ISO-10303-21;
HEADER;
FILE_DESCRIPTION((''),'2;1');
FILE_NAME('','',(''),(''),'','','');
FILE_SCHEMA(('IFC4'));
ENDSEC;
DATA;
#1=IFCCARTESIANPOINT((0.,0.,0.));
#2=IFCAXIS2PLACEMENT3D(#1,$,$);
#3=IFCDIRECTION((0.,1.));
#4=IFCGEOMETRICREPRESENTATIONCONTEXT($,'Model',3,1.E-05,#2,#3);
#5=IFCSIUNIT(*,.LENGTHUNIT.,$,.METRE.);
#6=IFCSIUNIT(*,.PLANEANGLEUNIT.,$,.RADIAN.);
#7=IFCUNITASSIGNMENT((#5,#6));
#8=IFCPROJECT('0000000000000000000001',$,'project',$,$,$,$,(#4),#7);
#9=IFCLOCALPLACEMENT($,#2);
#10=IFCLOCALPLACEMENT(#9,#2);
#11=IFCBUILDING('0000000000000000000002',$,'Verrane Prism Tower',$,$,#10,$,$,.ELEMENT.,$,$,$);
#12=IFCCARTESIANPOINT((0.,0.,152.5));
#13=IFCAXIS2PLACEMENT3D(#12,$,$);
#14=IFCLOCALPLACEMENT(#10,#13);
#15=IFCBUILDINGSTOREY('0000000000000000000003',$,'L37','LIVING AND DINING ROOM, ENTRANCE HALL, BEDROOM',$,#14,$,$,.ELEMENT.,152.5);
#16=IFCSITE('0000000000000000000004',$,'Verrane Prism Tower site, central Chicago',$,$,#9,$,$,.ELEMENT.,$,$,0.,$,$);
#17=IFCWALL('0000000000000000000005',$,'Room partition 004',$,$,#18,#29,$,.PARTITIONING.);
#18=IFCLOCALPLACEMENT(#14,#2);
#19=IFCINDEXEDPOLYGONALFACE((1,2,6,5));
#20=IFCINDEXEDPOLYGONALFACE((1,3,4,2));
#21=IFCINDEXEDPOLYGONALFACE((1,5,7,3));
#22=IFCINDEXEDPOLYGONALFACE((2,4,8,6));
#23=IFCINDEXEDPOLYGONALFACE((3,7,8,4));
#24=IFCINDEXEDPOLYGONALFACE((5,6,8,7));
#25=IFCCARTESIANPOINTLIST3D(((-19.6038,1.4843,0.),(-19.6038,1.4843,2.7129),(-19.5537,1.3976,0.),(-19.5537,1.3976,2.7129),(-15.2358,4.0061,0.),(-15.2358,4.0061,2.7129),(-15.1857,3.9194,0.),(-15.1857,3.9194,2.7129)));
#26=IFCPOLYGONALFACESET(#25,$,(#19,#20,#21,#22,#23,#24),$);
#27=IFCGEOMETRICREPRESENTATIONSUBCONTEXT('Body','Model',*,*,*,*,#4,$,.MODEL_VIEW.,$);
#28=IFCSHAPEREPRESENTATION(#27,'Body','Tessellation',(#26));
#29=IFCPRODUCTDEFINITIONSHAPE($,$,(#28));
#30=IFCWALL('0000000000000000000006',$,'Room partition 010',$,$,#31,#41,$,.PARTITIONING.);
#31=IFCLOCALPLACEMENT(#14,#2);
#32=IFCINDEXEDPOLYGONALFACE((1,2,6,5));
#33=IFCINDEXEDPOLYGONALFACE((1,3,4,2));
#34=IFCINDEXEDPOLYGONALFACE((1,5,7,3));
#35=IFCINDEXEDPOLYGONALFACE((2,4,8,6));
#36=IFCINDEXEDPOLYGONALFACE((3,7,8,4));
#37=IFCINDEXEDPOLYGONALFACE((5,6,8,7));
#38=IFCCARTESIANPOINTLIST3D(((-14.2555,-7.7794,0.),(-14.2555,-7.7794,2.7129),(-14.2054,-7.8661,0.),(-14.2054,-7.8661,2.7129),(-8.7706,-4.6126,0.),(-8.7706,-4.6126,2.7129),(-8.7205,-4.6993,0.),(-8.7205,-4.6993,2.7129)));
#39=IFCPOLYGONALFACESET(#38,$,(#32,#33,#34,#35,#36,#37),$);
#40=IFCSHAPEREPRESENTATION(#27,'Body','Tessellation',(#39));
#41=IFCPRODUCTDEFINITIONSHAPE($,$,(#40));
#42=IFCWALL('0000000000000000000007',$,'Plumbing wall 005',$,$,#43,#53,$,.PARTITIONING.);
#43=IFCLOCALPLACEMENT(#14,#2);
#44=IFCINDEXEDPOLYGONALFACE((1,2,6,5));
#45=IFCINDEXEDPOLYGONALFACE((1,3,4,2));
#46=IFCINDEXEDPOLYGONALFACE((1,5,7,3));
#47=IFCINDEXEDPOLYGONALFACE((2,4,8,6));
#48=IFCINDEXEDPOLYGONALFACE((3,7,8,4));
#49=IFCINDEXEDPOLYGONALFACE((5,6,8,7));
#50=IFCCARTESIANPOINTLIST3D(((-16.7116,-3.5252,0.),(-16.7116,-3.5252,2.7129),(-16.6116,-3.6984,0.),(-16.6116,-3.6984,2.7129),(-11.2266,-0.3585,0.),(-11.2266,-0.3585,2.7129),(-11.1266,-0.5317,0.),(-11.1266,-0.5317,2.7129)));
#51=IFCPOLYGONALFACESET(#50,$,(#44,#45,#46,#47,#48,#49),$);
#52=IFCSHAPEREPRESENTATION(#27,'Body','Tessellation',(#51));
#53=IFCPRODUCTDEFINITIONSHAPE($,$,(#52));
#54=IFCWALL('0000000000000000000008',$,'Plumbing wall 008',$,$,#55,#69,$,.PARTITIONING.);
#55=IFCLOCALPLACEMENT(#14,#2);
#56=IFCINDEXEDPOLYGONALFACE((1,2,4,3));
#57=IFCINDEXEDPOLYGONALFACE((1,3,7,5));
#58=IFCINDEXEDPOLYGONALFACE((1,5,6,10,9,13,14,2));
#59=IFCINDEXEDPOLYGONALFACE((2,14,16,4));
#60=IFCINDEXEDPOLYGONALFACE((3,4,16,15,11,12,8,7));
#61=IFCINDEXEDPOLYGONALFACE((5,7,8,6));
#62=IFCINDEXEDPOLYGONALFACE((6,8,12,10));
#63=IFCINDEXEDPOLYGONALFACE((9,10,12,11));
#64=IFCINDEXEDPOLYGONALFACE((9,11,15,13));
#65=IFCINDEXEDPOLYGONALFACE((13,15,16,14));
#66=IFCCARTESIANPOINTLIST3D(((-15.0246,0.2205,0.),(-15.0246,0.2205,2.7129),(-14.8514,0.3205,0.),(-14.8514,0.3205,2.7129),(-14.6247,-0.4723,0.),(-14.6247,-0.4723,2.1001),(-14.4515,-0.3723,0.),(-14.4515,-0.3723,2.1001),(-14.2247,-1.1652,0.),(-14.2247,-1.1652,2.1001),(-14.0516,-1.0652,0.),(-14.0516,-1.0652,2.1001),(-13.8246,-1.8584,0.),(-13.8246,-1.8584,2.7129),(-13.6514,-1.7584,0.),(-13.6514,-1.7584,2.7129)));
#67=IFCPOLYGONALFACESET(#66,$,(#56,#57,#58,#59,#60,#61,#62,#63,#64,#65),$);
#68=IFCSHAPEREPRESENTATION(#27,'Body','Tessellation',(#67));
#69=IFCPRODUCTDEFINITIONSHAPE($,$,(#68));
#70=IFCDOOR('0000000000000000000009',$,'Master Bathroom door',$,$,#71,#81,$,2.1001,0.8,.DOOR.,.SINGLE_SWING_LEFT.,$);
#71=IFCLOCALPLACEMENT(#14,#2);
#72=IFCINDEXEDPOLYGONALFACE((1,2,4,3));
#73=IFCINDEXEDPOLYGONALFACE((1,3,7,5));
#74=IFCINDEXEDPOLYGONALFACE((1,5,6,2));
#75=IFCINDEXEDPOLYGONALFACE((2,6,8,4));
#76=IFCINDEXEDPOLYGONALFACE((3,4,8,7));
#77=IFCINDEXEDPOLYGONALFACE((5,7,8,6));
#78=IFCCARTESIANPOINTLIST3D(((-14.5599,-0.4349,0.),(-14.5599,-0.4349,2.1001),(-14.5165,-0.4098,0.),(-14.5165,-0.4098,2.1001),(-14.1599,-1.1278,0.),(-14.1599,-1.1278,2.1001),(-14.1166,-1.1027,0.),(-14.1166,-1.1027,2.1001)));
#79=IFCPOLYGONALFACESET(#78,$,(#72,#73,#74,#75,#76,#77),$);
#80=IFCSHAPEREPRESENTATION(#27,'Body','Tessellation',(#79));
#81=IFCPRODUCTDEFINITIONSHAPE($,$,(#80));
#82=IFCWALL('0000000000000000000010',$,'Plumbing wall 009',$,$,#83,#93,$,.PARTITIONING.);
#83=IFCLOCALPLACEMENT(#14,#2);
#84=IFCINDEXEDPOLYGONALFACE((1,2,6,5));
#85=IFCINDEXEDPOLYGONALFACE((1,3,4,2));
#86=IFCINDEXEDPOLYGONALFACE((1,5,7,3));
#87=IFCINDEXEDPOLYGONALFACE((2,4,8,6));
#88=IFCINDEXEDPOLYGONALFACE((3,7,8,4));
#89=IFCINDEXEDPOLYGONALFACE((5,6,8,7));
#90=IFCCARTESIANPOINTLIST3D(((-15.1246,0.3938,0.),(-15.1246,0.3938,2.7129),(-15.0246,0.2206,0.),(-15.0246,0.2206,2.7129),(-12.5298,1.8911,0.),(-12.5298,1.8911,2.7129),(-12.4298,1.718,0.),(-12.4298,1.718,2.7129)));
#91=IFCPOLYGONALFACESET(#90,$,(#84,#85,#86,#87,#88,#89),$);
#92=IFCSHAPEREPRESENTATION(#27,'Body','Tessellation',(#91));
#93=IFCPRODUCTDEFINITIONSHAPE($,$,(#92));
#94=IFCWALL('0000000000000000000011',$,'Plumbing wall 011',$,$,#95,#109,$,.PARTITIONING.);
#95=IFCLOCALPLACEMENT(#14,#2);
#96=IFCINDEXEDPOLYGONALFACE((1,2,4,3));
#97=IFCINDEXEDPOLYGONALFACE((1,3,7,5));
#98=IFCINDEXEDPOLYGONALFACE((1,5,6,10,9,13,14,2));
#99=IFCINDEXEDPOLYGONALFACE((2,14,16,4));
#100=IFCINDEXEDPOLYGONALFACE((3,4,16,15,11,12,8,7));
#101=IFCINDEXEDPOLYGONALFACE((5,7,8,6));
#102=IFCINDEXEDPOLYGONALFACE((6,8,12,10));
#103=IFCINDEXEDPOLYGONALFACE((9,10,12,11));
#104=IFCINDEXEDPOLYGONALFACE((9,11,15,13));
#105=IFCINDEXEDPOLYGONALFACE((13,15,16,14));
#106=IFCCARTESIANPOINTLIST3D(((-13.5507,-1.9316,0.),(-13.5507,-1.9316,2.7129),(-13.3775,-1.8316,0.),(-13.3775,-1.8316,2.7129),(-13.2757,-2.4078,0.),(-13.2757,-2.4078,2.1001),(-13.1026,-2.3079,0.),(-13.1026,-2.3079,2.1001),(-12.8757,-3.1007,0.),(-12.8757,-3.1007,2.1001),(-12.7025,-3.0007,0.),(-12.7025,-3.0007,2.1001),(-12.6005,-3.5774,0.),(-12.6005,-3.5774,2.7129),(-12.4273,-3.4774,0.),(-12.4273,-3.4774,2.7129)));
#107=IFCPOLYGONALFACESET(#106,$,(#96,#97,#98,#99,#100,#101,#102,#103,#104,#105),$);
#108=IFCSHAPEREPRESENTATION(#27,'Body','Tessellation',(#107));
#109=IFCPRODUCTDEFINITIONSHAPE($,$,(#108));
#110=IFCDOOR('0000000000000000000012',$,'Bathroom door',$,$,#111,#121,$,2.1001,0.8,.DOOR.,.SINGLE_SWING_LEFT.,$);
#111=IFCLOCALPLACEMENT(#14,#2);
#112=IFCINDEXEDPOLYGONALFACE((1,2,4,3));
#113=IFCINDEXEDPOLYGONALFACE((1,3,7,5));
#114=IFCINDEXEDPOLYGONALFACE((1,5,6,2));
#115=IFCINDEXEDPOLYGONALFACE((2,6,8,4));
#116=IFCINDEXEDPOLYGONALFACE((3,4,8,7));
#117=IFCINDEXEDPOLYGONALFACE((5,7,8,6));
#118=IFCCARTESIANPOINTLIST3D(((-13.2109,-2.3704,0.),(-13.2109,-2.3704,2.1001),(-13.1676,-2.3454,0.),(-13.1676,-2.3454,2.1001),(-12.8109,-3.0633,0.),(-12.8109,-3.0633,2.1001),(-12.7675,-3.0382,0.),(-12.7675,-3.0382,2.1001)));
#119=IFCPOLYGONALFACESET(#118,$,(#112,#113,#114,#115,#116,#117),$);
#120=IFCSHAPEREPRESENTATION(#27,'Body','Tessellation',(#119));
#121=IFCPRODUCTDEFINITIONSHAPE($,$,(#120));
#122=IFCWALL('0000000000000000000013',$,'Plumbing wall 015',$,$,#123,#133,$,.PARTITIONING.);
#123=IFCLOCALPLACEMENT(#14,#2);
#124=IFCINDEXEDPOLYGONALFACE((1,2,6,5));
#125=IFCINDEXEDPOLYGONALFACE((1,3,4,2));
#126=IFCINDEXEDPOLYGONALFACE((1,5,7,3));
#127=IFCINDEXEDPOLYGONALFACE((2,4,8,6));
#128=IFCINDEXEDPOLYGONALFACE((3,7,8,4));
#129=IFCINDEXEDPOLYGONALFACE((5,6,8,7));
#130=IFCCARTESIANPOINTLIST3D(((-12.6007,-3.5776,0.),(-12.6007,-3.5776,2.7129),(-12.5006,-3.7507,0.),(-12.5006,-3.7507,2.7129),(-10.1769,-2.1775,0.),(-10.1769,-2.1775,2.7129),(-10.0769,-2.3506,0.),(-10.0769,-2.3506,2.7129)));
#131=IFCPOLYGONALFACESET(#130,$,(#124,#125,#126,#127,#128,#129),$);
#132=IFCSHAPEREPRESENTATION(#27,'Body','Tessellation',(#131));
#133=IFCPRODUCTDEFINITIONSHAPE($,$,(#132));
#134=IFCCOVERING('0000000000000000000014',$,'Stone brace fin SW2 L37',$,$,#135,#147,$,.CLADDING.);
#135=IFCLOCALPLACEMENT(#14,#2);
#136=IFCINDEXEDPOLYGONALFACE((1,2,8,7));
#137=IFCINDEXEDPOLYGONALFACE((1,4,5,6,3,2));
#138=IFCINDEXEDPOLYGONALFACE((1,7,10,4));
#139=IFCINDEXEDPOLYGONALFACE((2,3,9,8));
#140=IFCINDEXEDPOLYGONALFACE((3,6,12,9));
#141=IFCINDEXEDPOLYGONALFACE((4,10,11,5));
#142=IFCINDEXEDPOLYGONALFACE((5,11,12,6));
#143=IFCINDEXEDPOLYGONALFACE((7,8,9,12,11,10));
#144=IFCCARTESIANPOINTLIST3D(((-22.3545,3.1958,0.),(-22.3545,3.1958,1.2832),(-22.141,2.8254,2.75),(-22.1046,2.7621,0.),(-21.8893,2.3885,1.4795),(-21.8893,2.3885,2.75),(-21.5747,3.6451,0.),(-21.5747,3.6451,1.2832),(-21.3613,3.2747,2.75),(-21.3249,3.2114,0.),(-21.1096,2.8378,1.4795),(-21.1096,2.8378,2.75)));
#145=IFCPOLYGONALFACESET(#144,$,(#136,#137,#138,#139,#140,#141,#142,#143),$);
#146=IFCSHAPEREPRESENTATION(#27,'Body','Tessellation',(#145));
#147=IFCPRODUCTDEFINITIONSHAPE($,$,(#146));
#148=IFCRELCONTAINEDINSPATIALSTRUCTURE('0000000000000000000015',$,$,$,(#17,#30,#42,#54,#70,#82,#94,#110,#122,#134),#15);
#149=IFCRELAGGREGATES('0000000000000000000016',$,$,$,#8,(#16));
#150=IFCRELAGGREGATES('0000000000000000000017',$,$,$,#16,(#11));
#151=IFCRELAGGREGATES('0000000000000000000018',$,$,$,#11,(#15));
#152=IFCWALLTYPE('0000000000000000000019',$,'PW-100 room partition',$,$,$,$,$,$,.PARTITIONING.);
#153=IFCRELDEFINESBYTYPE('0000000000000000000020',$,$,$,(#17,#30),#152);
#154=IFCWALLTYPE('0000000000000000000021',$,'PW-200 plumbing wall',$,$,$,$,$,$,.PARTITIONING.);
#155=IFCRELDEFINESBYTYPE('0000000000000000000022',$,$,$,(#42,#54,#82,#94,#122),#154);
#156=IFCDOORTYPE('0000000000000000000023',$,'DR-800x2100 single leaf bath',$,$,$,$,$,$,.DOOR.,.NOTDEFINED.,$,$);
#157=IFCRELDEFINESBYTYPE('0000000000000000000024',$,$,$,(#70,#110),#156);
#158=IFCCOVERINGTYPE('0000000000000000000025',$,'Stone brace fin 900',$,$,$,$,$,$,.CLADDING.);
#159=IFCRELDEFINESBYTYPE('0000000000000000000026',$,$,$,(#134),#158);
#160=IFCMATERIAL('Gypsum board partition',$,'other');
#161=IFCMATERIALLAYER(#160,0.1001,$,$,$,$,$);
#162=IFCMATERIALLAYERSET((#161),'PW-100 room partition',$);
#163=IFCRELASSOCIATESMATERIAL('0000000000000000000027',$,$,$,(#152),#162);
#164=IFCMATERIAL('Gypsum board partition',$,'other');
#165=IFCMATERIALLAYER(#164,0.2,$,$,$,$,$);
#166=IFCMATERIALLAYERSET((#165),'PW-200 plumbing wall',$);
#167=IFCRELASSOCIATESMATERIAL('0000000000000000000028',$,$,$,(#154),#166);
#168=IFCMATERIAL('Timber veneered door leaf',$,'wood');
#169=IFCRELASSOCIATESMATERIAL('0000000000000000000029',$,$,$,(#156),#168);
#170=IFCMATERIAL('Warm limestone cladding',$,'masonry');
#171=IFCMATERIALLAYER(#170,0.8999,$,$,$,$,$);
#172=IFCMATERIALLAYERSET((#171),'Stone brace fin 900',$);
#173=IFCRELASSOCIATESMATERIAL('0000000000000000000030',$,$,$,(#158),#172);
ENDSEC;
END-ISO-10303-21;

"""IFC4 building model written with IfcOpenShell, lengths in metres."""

from ifc_helpers import new_model, si_unit, direction, frame, frame_2d, origin, place, context, subcontext, project, spatial, polyline, rectangle, outline, extrude, material, layer, layer_set, type_object, element, fill, save


model = new_model("IFC4")

# Units and contexts
model_context = context("Model", 3, precision=1e-05, world=origin(), true_north=direction((0.0, 1.0)))
body_context = subcontext(model_context, "Body", "Model", "MODEL_VIEW")
ifc_project = project(units=[si_unit("LENGTHUNIT", "METRE"), si_unit("PLANEANGLEUNIT", "RADIAN")], contexts=[model_context])

# Site, building, storey
site_placement = place(None, origin())
site = spatial("IfcSite", under=ifc_project, at=site_placement, Name="Verrane Prism Tower site, central Chicago", CompositionType="ELEMENT", RefElevation=0.0)
building_placement = place(site_placement, origin())
building = spatial("IfcBuilding", under=site, at=building_placement, Name="Verrane Prism Tower", CompositionType="ELEMENT")
storey_placement = place(building_placement, frame((0.0, 0.0, 152.5)))
storey = spatial("IfcBuildingStorey", under=building, at=storey_placement, Name="L37", Description="LIVING AND DINING ROOM, ENTRANCE HALL, BEDROOM", CompositionType="ELEMENT", Elevation=152.5)

# Shared definitions
ifc_material_1 = material(Name="Gypsum board partition", Category="other")
ifc_layer_1 = layer(ifc_material_1, 0.1001)
ifc_layer_set_1 = layer_set([ifc_layer_1], Name="PW-100 room partition")
wall_type_1 = type_object("IfcWallType", Name="PW-100 room partition", PredefinedType="PARTITIONING", material=ifc_layer_set_1)

# Walls
wall_1_placement = place(storey_placement, frame((-19.5789, 1.4409, 0.0), z_axis=(0.0, 0.0, 1.0), x_axis=(0.866033, 0.499986, 0.0)))
element("IfcWall", 1, at=wall_1_placement, inside=storey, type_object=wall_type_1, Name="Room partition 004", PredefinedType="PARTITIONING", context=body_context, shape_type="SweptSolid", body=[
    extrude(rectangle(XDim=5.0437, YDim=0.1001, at=frame_2d((2.522, 0.0))), origin(), (0.0, 0.0, 1.0), 2.7129),
])
wall_2_placement = place(storey_placement, frame((-14.2305, -7.8228, 0.0), z_axis=(0.0, 0.0, 1.0), x_axis=(0.866021, 0.500007, 0.0)))
element("IfcWall", 2, at=wall_2_placement, inside=storey, type_object=wall_type_1, Name="Room partition 010", PredefinedType="PARTITIONING", context=body_context, shape_type="SweptSolid", body=[
    extrude(rectangle(XDim=6.3335, YDim=0.1001, at=frame_2d((3.1667, 0.0))), origin(), (0.0, 0.0, 1.0), 2.7129),
])
ifc_material_2 = material(Name="Gypsum board partition", Category="other")
ifc_layer_2 = layer(ifc_material_2, 0.2)
ifc_layer_set_2 = layer_set([ifc_layer_2], Name="PW-200 plumbing wall")
wall_type_2 = type_object("IfcWallType", Name="PW-200 plumbing wall", PredefinedType="PARTITIONING", material=ifc_layer_set_2)
wall_3_placement = place(storey_placement, frame((-16.6616, -3.6118, 0.0), z_axis=(0.0, 0.0, 1.0), x_axis=(0.866031, 0.499991, 0.0)))
element("IfcWall", 3, at=wall_3_placement, inside=storey, type_object=wall_type_2, Name="Plumbing wall 005", PredefinedType="PARTITIONING", context=body_context, shape_type="SweptSolid", body=[
    extrude(rectangle(XDim=6.3335, YDim=0.2, at=frame_2d((3.1667, 0.0))), origin(), (0.0, 0.0, 1.0), 2.7129),
])

# Wall, opening, door
wall_4_placement = place(storey_placement, frame((-14.938, 0.2705, 0.0), z_axis=(0.0, 0.0, 1.0), x_axis=(0.499913, -0.866075, 0.0)))
wall_4 = element("IfcWall", 4, at=wall_4_placement, inside=storey, type_object=wall_type_2, Name="Plumbing wall 008", PredefinedType="PARTITIONING", context=body_context, shape_type="SweptSolid", body=[
    extrude(rectangle(XDim=2.4004, YDim=0.2, at=frame_2d((1.2002, 0.0))), origin(), (0.0, 0.0, 1.0), 2.7129),
])
opening_1_placement = place(wall_4_placement, frame((0.8, 0.0, 0.0)))
opening_1 = element("IfcOpeningElement", 5, at=opening_1_placement, cuts=wall_4, PredefinedType="OPENING", context=body_context, shape_type="SweptSolid", body=[
    extrude(rectangle(XDim=0.8, YDim=2.1001, at=frame_2d((0.3999, 1.05))), frame((0.0, 0.1099, 0.0), z_axis=(0.0, -1.0, 0.0), x_axis=(1.0, 0.0, 0.0)), (0.0, 0.0, 1.0), 0.22),
])
ifc_material_3 = material(Name="Timber veneered door leaf", Category="wood")
door_type_1 = type_object("IfcDoorType", Name="DR-800x2100 single leaf bath", OperationType="NOTDEFINED", PredefinedType="DOOR", material=ifc_material_3)
door_1_placement = place(opening_1_placement, origin())
door_1 = element("IfcDoor", 6, at=door_1_placement, inside=storey, type_object=door_type_1, Name="Master Bathroom door", OperationType="SINGLE_SWING_LEFT", OverallHeight=2.1001, OverallWidth=0.8, PredefinedType="DOOR", context=body_context, shape_type="SweptSolid", body=[
    extrude(rectangle(XDim=0.8, YDim=2.1001, at=frame_2d((0.3999, 1.05))), frame((0.0, 0.0249, 0.0), z_axis=(0.0, -1.0, 0.0), x_axis=(1.0, 0.0, 0.0)), (0.0, 0.0, 1.0), 0.05),
])
fill(opening_1, door_1)

# Wall
wall_5_placement = place(storey_placement, frame((-15.0747, 0.3071, 0.0), z_axis=(0.0, 0.0, 1.0), x_axis=(0.866134, 0.499812, 0.0)))
element("IfcWall", 7, at=wall_5_placement, inside=storey, type_object=wall_type_2, Name="Plumbing wall 009", PredefinedType="PARTITIONING", context=body_context, shape_type="SweptSolid", body=[
    extrude(rectangle(XDim=2.9958, YDim=0.2, at=frame_2d((1.498, 0.0))), origin(), (0.0, 0.0, 1.0), 2.7129),
])

# Wall, opening, door
wall_6_placement = place(storey_placement, frame((-13.4641, -1.8816, 0.0), z_axis=(0.0, 0.0, 1.0), x_axis=(0.500008, -0.866021, 0.0)))
wall_6 = element("IfcWall", 8, at=wall_6_placement, inside=storey, type_object=wall_type_2, Name="Plumbing wall 011", PredefinedType="PARTITIONING", context=body_context, shape_type="SweptSolid", body=[
    extrude(rectangle(XDim=1.9004, YDim=0.2, at=frame_2d((0.9502, 0.0))), origin(), (0.0, 0.0, 1.0), 2.7129),
])
opening_2_placement = place(wall_6_placement, frame((0.55, 0.0, 0.0)))
opening_2 = element("IfcOpeningElement", 9, at=opening_2_placement, cuts=wall_6, PredefinedType="OPENING", context=body_context, shape_type="SweptSolid", body=[
    extrude(rectangle(XDim=0.8, YDim=2.1001, at=frame_2d((0.3999, 1.05))), frame((0.0, 0.1099, 0.0), z_axis=(0.0, -1.0, 0.0), x_axis=(1.0, 0.0, 0.0)), (0.0, 0.0, 1.0), 0.22),
])
door_2_placement = place(opening_2_placement, origin())
door_2 = element("IfcDoor", 10, at=door_2_placement, inside=storey, type_object=door_type_1, Name="Bathroom door", OperationType="SINGLE_SWING_LEFT", OverallHeight=2.1001, OverallWidth=0.8, PredefinedType="DOOR", context=body_context, shape_type="SweptSolid", body=[
    extrude(rectangle(XDim=0.8, YDim=2.1001, at=frame_2d((0.3999, 1.05))), frame((0.0, 0.0249, 0.0), z_axis=(0.0, -1.0, 0.0), x_axis=(1.0, 0.0, 0.0)), (0.0, 0.0, 1.0), 0.05),
])
fill(opening_2, door_2)

# Wall
wall_7_placement = place(storey_placement, frame((-12.5505, -3.6641, 0.0), z_axis=(0.0, 0.0, 1.0), x_axis=(0.86591, 0.500201, 0.0)))
element("IfcWall", 11, at=wall_7_placement, inside=storey, type_object=wall_type_2, Name="Plumbing wall 015", PredefinedType="PARTITIONING", context=body_context, shape_type="SweptSolid", body=[
    extrude(rectangle(XDim=2.7991, YDim=0.2, at=frame_2d((1.3994, 0.0))), origin(), (0.0, 0.0, 1.0), 2.7129),
])

# Covering
ifc_material_4 = material(Name="Warm limestone cladding", Category="masonry")
ifc_layer_3 = layer(ifc_material_4, 0.8999)
ifc_layer_set_3 = layer_set([ifc_layer_3], Name="Stone brace fin 900")
covering_type = type_object("IfcCoveringType", Name="Stone brace fin 900", PredefinedType="CLADDING", material=ifc_layer_set_3)
covering_placement = place(storey_placement, frame((-21.9646, 3.4204, 0.0), z_axis=(0.0, 0.0, 1.0), x_axis=(0.499269, -0.866447, 0.0)))
element("IfcCovering", 12, at=covering_placement, inside=storey, type_object=covering_type, Name="Stone brace fin SW2 L37", PredefinedType="CLADDING", context=body_context, shape_type="SweptSolid", body=[
    extrude(outline(polyline([(0.9316, 2.75), (0.4275, 2.75), (0.0, 1.2832), (0.0, 0.0), (0.5005, 0.0), (0.9316, 1.4795), (0.9316, 2.75)])), frame((0.0, 0.45, 0.0), z_axis=(0.0, -1.0, 0.0), x_axis=(1.0, 0.0, 0.0)), (0.0, 0.0, 1.0), 0.8999),
])

save(model, "model.ifc")
